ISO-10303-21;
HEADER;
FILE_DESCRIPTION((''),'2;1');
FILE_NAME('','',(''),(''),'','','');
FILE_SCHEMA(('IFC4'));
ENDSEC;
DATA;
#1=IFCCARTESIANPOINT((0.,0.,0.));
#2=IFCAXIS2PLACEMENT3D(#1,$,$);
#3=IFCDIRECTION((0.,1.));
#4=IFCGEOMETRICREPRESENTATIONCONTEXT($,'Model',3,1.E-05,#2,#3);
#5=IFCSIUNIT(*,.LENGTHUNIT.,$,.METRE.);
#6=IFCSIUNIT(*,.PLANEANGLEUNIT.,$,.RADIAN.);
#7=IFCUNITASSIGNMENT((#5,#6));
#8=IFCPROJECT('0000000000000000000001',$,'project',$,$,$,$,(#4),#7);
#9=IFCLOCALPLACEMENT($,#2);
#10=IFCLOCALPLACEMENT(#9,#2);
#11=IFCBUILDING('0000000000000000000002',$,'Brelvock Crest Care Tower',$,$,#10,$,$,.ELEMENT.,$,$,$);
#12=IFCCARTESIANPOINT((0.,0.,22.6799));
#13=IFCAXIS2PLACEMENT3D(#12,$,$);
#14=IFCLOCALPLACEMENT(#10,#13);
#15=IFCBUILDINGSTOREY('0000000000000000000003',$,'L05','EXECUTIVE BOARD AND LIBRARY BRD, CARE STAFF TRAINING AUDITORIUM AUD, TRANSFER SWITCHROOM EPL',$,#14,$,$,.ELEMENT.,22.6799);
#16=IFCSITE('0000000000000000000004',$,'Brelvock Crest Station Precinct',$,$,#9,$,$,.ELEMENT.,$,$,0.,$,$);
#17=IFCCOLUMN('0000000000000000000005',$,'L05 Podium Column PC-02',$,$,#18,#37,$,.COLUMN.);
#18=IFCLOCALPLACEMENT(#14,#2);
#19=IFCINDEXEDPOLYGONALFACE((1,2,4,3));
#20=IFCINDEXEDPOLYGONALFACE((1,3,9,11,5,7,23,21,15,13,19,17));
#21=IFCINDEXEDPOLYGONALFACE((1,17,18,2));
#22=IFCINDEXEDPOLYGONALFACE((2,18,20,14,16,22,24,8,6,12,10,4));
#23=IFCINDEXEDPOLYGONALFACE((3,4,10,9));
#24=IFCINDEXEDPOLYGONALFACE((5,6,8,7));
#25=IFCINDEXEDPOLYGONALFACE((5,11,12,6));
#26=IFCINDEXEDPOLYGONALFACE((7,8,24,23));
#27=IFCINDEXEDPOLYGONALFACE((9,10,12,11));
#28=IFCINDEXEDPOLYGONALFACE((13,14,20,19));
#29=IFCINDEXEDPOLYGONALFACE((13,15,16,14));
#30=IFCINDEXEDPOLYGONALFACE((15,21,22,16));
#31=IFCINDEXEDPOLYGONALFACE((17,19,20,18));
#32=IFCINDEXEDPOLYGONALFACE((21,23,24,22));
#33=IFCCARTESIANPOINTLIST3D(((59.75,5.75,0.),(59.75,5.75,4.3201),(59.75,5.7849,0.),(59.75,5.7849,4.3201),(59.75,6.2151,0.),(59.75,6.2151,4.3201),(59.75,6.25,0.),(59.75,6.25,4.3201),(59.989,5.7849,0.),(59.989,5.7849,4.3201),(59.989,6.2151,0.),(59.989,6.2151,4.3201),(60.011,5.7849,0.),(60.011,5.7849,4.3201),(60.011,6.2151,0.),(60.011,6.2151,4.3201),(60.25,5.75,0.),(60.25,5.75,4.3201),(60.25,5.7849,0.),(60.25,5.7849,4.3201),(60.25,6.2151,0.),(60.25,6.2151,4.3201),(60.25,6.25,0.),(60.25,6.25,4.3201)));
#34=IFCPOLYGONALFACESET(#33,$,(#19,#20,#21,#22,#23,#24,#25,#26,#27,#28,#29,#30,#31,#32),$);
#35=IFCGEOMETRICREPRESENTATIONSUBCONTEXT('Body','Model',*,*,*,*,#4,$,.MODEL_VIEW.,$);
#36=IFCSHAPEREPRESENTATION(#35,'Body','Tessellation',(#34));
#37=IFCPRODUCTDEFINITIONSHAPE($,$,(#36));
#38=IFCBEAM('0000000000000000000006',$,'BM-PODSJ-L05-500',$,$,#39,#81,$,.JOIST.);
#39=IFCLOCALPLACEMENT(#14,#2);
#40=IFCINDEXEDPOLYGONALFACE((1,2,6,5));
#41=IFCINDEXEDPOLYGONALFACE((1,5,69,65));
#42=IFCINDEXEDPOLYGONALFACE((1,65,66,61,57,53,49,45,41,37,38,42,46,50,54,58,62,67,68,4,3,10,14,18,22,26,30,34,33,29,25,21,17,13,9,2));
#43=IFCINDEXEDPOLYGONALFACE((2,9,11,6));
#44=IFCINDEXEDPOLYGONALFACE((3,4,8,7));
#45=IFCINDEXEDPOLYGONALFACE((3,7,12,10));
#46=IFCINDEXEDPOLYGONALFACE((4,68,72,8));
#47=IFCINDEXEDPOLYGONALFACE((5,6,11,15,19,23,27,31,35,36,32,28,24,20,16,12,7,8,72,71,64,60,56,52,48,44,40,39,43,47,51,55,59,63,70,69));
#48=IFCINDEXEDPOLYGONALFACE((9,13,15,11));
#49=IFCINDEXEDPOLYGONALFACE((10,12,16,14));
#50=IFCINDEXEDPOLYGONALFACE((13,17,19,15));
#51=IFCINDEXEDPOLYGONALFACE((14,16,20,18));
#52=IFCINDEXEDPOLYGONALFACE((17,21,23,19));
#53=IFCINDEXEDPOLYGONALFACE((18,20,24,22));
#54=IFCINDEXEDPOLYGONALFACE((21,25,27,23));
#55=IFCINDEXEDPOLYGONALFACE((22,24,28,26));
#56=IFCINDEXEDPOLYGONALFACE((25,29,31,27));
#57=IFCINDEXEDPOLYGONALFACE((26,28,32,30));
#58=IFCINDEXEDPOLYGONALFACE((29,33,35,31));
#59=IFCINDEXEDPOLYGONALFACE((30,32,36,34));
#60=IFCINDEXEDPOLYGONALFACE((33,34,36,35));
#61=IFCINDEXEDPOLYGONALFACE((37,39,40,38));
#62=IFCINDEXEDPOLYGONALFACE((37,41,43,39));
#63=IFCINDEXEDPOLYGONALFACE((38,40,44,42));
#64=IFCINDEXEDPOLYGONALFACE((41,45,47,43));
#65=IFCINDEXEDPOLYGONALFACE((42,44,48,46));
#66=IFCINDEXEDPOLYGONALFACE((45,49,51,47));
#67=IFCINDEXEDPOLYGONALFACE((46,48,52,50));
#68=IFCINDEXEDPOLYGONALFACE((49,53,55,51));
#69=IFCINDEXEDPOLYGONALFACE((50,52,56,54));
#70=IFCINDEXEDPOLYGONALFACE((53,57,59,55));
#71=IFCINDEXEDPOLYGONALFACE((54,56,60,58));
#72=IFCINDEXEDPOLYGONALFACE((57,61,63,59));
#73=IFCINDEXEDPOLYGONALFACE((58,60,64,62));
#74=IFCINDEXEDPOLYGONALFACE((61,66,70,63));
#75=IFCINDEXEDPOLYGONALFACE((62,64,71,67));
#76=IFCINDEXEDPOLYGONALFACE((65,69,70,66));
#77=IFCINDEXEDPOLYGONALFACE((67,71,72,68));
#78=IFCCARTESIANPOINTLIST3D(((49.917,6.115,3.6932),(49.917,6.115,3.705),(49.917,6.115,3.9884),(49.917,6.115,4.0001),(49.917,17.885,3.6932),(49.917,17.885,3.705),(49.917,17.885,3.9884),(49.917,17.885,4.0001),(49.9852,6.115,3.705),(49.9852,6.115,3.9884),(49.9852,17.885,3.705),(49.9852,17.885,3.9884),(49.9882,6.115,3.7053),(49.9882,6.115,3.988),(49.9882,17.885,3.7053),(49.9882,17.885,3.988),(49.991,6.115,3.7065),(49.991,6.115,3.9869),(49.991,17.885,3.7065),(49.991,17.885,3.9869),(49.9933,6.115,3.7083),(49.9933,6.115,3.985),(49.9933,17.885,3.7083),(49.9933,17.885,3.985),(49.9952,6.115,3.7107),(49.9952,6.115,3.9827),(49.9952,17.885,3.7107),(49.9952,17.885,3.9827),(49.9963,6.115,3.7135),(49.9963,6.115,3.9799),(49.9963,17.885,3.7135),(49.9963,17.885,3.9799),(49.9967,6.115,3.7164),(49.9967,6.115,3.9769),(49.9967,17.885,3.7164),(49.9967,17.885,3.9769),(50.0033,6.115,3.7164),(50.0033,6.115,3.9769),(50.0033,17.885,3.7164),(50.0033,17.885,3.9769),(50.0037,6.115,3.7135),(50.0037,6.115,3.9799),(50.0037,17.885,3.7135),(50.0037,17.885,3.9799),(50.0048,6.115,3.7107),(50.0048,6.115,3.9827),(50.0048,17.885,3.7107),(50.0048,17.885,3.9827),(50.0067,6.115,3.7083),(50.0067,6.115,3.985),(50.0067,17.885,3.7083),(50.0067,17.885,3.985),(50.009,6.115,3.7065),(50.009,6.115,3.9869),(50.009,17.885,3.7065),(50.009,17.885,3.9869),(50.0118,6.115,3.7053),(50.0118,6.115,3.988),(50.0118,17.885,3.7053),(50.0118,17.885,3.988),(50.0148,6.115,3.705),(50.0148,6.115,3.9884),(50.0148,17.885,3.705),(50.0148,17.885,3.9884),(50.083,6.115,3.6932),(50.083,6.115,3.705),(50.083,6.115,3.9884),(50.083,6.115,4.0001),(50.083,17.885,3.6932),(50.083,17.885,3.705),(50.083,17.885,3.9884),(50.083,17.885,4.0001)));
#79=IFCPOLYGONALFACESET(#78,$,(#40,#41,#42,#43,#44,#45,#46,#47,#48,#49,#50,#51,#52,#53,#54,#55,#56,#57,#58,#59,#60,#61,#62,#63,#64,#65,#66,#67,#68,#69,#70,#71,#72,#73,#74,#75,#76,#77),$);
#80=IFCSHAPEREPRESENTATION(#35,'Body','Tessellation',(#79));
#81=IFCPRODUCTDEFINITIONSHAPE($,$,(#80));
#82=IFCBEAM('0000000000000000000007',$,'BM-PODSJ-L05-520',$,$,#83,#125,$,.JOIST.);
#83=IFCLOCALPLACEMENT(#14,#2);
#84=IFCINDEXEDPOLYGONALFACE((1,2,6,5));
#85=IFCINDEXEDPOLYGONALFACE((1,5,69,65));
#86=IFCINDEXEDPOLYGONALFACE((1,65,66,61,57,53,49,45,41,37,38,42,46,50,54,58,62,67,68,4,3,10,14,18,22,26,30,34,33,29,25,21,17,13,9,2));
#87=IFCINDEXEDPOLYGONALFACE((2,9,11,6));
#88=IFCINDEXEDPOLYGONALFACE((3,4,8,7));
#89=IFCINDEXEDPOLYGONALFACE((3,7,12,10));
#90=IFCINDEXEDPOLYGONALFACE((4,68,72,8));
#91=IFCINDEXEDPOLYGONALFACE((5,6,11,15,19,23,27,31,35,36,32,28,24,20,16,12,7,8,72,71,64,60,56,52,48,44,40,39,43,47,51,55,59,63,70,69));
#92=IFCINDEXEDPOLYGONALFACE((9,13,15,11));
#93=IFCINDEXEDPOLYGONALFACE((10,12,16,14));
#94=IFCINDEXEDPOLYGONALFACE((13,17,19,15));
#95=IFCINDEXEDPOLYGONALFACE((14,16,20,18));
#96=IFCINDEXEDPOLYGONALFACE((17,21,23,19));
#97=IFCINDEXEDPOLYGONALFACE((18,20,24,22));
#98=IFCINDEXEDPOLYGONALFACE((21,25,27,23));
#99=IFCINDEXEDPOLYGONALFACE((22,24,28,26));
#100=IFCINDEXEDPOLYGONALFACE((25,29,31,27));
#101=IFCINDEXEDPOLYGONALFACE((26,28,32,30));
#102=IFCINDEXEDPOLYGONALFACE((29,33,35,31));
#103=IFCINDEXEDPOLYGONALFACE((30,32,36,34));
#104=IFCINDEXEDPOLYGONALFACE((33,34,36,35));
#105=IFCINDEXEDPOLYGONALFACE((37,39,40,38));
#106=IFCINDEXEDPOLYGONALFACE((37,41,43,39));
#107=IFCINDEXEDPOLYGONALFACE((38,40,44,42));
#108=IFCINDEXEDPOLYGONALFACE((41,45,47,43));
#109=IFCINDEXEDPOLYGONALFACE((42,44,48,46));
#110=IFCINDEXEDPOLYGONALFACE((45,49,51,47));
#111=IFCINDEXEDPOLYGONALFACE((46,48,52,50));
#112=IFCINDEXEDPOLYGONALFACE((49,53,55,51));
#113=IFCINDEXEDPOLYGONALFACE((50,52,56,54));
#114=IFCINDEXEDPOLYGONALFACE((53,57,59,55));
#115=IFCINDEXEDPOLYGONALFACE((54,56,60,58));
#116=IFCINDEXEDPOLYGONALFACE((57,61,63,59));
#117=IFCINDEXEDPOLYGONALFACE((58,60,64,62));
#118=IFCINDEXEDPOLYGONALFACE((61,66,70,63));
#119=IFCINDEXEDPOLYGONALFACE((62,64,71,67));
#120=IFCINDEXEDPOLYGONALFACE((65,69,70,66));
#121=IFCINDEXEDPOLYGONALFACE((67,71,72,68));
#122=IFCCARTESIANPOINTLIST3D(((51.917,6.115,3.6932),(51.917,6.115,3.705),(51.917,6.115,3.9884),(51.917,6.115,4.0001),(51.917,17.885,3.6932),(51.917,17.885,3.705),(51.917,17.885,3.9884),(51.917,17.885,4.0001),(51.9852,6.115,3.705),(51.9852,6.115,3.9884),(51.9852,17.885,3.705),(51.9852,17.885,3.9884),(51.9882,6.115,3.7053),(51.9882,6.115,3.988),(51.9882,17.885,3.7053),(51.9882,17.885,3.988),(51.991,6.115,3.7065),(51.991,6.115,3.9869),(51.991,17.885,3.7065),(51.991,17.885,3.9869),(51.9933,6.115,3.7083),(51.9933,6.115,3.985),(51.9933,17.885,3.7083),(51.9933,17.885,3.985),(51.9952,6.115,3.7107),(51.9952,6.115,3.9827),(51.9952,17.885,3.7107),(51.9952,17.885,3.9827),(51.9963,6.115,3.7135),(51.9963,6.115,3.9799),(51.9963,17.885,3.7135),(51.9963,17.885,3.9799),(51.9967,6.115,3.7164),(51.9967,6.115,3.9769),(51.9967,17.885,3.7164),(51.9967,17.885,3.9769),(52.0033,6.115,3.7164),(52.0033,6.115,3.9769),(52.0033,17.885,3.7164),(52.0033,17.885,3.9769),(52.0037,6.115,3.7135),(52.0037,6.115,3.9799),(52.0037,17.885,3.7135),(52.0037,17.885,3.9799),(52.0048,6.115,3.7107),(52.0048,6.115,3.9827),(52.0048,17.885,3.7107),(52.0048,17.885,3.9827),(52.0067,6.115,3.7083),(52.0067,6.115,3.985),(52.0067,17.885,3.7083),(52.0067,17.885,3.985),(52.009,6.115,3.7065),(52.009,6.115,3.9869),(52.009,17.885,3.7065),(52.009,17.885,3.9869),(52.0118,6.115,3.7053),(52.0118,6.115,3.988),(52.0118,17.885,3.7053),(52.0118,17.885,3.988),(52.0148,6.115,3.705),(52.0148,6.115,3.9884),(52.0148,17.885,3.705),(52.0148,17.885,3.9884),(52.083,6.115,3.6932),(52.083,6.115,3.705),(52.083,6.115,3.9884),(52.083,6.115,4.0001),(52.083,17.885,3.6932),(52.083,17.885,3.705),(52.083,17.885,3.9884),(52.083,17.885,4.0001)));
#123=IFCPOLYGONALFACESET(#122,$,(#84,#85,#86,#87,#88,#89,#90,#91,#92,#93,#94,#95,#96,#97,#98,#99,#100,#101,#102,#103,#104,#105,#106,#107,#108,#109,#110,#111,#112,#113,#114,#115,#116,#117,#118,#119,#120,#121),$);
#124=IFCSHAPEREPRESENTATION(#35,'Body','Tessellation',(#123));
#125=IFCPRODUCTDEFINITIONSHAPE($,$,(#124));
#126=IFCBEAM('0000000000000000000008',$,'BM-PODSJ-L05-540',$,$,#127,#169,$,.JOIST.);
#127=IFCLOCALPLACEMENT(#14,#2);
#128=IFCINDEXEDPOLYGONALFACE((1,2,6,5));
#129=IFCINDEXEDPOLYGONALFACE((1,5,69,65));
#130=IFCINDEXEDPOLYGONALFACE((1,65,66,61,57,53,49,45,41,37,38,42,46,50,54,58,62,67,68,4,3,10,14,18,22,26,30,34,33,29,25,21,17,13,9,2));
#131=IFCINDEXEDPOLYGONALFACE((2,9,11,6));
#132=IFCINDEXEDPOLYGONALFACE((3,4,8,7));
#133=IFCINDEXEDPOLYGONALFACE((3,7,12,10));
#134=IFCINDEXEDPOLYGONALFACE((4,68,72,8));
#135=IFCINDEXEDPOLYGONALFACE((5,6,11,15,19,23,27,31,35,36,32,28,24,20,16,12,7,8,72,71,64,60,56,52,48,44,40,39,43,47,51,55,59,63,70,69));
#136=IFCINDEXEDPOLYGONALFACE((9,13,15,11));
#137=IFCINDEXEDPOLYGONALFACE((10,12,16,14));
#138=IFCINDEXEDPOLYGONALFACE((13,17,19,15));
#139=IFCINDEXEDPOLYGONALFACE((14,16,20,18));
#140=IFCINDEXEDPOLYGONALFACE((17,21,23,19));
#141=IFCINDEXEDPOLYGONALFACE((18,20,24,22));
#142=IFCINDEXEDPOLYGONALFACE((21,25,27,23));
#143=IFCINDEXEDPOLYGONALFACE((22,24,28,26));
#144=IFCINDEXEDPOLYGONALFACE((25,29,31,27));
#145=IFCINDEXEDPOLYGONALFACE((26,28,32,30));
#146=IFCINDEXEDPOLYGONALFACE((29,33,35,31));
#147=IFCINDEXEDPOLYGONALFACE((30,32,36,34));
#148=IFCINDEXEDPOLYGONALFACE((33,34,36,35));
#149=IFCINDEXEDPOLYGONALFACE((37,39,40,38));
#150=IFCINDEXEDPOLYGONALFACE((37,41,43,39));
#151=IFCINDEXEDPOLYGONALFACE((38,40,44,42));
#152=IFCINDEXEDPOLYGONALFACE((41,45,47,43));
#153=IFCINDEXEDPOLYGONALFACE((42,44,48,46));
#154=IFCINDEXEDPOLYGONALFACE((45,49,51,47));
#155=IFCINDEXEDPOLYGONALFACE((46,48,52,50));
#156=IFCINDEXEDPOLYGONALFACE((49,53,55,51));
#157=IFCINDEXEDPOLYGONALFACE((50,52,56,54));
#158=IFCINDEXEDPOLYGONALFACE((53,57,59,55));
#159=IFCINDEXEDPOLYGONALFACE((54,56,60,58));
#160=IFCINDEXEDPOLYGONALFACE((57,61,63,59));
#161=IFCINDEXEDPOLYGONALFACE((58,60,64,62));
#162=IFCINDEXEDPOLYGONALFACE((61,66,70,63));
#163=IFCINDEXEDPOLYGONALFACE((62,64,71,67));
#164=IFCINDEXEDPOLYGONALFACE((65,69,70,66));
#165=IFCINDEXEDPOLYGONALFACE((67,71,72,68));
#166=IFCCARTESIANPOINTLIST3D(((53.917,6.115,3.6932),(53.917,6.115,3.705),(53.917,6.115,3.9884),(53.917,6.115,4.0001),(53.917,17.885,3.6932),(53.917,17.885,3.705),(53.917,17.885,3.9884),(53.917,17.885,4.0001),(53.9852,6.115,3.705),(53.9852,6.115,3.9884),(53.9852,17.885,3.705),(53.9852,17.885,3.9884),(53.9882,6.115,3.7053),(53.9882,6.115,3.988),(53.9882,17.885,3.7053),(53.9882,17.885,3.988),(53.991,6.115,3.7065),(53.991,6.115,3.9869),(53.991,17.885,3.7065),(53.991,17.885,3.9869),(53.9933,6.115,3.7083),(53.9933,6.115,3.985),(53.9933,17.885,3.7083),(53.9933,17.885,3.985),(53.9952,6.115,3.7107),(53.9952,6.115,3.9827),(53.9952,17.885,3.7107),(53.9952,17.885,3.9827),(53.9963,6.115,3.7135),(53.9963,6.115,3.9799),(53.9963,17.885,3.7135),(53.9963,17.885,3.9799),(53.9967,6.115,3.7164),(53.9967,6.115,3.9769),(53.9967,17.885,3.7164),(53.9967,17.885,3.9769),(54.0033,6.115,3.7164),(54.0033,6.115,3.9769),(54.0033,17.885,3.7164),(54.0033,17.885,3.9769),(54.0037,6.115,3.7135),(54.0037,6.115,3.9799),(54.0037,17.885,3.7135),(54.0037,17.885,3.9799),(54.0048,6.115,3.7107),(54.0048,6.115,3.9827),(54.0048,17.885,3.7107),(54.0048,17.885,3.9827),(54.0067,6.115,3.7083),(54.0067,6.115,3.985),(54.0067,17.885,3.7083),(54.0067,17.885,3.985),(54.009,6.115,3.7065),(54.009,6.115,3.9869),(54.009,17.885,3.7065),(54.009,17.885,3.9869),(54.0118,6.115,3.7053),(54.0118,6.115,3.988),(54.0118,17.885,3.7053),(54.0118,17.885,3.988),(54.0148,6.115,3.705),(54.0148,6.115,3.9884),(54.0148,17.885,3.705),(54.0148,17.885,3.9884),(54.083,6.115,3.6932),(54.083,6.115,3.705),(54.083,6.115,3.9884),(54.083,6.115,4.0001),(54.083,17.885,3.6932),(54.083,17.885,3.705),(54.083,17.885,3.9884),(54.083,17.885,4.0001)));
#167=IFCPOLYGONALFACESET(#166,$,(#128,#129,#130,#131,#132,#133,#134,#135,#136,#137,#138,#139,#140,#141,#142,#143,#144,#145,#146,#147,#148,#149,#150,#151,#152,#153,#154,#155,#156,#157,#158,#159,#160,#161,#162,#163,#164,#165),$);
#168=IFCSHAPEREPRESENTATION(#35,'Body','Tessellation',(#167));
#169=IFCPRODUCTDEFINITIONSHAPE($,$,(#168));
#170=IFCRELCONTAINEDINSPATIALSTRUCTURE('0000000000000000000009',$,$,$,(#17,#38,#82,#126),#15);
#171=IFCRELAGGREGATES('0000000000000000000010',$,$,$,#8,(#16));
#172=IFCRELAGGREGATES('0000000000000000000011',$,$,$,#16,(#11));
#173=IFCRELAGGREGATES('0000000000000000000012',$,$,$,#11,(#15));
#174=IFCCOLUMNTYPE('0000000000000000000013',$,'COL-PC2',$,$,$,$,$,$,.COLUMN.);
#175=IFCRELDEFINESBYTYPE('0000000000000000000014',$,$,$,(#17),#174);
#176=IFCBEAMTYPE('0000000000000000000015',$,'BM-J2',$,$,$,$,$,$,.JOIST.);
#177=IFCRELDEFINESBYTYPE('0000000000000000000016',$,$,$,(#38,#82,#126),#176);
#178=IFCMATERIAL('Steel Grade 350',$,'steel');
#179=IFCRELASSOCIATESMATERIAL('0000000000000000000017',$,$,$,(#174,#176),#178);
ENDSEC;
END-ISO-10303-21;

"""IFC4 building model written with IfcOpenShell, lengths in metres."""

from ifc_helpers import new_model, si_unit, direction, frame, origin, origin_2d, place, context, subcontext, project, spatial, i_section, extrude, source, transform, mapped, material, material_profile, profile_set, type_object, element, save


model = new_model("IFC4")

# Units and contexts
model_context = context("Model", 3, precision=1e-05, world=origin(), true_north=direction((0.0, 1.0)))
body_context = subcontext(model_context, "Body", "Model", "MODEL_VIEW")
ifc_project = project(units=[si_unit("LENGTHUNIT", "METRE"), si_unit("PLANEANGLEUNIT", "RADIAN")], contexts=[model_context])

# Site, building, storey
site_placement = place(None, origin())
site = spatial("IfcSite", under=ifc_project, at=site_placement, Name="Brelvock Crest Station Precinct", CompositionType="ELEMENT", RefElevation=0.0)
building_placement = place(site_placement, origin())
building = spatial("IfcBuilding", under=site, at=building_placement, Name="Brelvock Crest Care Tower", CompositionType="ELEMENT")
storey_placement = place(building_placement, frame((0.0, 0.0, 22.6799)))
storey = spatial("IfcBuildingStorey", under=building, at=storey_placement, Name="L05", Description="EXECUTIVE BOARD AND LIBRARY BRD, CARE STAFF TRAINING AUDITORIUM AUD, TRANSFER SWITCHROOM EPL", CompositionType="ELEMENT", Elevation=22.6799)

# Column
ifc_material_1 = material(Name="Steel Grade 350", Category="steel")
ifc_material_profile_1 = material_profile(ifc_material_1, i_section(OverallWidth=0.5, OverallDepth=0.5, WebThickness=0.022, FlangeThickness=0.0349, at=origin_2d()), Name="500WC340")
ifc_profile_set_1 = profile_set([ifc_material_profile_1], Name="Steel Grade 350")
column_type = type_object("IfcColumnType", Name="COL-PC2", PredefinedType="COLUMN", material=ifc_profile_set_1)
shared_shape_1 = source(origin(), body_context, "Body", "SweptSolid", [
    extrude(i_section(OverallWidth=0.5, OverallDepth=0.5, WebThickness=0.022, FlangeThickness=0.0349, at=origin_2d()), origin(), (0.0, 0.0, 1.0), 4.3201),
])
column_placement = place(storey_placement, frame((60.0, 6.0, 0.0), z_axis=(0.0, 0.0, 1.0), x_axis=(1.0, 0.0, 0.0)))
element("IfcColumn", 1, at=column_placement, inside=storey, type_object=column_type, Name="L05 Podium Column PC-02", PredefinedType="COLUMN", context=body_context, shape_type="MappedRepresentation", body=[
    mapped(shared_shape_1, transform((0.0, 0.0, 0.0), x_axis=(1.0, 0.0, 0.0), y_axis=(0.0, 1.0, 0.0), z_axis=(0.0, 0.0, 1.0), scale=1.0)),
])

# Beams
ifc_material_profile_2 = material_profile(ifc_material_1, i_section(OverallWidth=0.166, OverallDepth=0.3069, WebThickness=0.0066, FlangeThickness=0.0117, FilletRadius=0.0115, at=origin_2d()), Name="310UB46.2")
ifc_profile_set_2 = profile_set([ifc_material_profile_2], Name="Steel Grade 350")
beam_type_1 = type_object("IfcBeamType", Name="BM-J2", PredefinedType="JOIST", material=ifc_profile_set_2)
shared_shape_2 = source(origin(), body_context, "Body", "SweptSolid", [
    extrude(i_section(OverallWidth=0.166, OverallDepth=0.3069, WebThickness=0.0066, FlangeThickness=0.0117, FilletRadius=0.0115, at=origin_2d()), origin(), (0.0, 0.0, 1.0), 11.77),
])
for number, where, z_axis, x_axis, name in (
    (2, (50.0, 6.115, 3.8467), (0.0, 1.0, 0.0), (-1.0, 0.0, 0.0), "BM-PODSJ-L05-500"),
    (3, (52.0, 6.115, 3.8467), (0.0, 1.0, 0.0), (-1.0, 0.0, 0.0), "BM-PODSJ-L05-520"),
    (4, (54.0, 6.115, 3.8467), (0.0, 1.0, 0.0), (-1.0, 0.0, 0.0), "BM-PODSJ-L05-540"),
):
    element("IfcBeam", number, at=place(storey_placement, frame(where, z_axis=z_axis, x_axis=x_axis)), inside=storey, type_object=beam_type_1, Name=name, PredefinedType="JOIST", context=body_context, shape_type="MappedRepresentation", body=[
        mapped(shared_shape_2, transform((0.0, 0.0, 0.0), x_axis=(1.0, 0.0, 0.0), y_axis=(0.0, 1.0, 0.0), z_axis=(0.0, 0.0, 1.0), scale=1.0)),
    ])

save(model, "model.ifc")
